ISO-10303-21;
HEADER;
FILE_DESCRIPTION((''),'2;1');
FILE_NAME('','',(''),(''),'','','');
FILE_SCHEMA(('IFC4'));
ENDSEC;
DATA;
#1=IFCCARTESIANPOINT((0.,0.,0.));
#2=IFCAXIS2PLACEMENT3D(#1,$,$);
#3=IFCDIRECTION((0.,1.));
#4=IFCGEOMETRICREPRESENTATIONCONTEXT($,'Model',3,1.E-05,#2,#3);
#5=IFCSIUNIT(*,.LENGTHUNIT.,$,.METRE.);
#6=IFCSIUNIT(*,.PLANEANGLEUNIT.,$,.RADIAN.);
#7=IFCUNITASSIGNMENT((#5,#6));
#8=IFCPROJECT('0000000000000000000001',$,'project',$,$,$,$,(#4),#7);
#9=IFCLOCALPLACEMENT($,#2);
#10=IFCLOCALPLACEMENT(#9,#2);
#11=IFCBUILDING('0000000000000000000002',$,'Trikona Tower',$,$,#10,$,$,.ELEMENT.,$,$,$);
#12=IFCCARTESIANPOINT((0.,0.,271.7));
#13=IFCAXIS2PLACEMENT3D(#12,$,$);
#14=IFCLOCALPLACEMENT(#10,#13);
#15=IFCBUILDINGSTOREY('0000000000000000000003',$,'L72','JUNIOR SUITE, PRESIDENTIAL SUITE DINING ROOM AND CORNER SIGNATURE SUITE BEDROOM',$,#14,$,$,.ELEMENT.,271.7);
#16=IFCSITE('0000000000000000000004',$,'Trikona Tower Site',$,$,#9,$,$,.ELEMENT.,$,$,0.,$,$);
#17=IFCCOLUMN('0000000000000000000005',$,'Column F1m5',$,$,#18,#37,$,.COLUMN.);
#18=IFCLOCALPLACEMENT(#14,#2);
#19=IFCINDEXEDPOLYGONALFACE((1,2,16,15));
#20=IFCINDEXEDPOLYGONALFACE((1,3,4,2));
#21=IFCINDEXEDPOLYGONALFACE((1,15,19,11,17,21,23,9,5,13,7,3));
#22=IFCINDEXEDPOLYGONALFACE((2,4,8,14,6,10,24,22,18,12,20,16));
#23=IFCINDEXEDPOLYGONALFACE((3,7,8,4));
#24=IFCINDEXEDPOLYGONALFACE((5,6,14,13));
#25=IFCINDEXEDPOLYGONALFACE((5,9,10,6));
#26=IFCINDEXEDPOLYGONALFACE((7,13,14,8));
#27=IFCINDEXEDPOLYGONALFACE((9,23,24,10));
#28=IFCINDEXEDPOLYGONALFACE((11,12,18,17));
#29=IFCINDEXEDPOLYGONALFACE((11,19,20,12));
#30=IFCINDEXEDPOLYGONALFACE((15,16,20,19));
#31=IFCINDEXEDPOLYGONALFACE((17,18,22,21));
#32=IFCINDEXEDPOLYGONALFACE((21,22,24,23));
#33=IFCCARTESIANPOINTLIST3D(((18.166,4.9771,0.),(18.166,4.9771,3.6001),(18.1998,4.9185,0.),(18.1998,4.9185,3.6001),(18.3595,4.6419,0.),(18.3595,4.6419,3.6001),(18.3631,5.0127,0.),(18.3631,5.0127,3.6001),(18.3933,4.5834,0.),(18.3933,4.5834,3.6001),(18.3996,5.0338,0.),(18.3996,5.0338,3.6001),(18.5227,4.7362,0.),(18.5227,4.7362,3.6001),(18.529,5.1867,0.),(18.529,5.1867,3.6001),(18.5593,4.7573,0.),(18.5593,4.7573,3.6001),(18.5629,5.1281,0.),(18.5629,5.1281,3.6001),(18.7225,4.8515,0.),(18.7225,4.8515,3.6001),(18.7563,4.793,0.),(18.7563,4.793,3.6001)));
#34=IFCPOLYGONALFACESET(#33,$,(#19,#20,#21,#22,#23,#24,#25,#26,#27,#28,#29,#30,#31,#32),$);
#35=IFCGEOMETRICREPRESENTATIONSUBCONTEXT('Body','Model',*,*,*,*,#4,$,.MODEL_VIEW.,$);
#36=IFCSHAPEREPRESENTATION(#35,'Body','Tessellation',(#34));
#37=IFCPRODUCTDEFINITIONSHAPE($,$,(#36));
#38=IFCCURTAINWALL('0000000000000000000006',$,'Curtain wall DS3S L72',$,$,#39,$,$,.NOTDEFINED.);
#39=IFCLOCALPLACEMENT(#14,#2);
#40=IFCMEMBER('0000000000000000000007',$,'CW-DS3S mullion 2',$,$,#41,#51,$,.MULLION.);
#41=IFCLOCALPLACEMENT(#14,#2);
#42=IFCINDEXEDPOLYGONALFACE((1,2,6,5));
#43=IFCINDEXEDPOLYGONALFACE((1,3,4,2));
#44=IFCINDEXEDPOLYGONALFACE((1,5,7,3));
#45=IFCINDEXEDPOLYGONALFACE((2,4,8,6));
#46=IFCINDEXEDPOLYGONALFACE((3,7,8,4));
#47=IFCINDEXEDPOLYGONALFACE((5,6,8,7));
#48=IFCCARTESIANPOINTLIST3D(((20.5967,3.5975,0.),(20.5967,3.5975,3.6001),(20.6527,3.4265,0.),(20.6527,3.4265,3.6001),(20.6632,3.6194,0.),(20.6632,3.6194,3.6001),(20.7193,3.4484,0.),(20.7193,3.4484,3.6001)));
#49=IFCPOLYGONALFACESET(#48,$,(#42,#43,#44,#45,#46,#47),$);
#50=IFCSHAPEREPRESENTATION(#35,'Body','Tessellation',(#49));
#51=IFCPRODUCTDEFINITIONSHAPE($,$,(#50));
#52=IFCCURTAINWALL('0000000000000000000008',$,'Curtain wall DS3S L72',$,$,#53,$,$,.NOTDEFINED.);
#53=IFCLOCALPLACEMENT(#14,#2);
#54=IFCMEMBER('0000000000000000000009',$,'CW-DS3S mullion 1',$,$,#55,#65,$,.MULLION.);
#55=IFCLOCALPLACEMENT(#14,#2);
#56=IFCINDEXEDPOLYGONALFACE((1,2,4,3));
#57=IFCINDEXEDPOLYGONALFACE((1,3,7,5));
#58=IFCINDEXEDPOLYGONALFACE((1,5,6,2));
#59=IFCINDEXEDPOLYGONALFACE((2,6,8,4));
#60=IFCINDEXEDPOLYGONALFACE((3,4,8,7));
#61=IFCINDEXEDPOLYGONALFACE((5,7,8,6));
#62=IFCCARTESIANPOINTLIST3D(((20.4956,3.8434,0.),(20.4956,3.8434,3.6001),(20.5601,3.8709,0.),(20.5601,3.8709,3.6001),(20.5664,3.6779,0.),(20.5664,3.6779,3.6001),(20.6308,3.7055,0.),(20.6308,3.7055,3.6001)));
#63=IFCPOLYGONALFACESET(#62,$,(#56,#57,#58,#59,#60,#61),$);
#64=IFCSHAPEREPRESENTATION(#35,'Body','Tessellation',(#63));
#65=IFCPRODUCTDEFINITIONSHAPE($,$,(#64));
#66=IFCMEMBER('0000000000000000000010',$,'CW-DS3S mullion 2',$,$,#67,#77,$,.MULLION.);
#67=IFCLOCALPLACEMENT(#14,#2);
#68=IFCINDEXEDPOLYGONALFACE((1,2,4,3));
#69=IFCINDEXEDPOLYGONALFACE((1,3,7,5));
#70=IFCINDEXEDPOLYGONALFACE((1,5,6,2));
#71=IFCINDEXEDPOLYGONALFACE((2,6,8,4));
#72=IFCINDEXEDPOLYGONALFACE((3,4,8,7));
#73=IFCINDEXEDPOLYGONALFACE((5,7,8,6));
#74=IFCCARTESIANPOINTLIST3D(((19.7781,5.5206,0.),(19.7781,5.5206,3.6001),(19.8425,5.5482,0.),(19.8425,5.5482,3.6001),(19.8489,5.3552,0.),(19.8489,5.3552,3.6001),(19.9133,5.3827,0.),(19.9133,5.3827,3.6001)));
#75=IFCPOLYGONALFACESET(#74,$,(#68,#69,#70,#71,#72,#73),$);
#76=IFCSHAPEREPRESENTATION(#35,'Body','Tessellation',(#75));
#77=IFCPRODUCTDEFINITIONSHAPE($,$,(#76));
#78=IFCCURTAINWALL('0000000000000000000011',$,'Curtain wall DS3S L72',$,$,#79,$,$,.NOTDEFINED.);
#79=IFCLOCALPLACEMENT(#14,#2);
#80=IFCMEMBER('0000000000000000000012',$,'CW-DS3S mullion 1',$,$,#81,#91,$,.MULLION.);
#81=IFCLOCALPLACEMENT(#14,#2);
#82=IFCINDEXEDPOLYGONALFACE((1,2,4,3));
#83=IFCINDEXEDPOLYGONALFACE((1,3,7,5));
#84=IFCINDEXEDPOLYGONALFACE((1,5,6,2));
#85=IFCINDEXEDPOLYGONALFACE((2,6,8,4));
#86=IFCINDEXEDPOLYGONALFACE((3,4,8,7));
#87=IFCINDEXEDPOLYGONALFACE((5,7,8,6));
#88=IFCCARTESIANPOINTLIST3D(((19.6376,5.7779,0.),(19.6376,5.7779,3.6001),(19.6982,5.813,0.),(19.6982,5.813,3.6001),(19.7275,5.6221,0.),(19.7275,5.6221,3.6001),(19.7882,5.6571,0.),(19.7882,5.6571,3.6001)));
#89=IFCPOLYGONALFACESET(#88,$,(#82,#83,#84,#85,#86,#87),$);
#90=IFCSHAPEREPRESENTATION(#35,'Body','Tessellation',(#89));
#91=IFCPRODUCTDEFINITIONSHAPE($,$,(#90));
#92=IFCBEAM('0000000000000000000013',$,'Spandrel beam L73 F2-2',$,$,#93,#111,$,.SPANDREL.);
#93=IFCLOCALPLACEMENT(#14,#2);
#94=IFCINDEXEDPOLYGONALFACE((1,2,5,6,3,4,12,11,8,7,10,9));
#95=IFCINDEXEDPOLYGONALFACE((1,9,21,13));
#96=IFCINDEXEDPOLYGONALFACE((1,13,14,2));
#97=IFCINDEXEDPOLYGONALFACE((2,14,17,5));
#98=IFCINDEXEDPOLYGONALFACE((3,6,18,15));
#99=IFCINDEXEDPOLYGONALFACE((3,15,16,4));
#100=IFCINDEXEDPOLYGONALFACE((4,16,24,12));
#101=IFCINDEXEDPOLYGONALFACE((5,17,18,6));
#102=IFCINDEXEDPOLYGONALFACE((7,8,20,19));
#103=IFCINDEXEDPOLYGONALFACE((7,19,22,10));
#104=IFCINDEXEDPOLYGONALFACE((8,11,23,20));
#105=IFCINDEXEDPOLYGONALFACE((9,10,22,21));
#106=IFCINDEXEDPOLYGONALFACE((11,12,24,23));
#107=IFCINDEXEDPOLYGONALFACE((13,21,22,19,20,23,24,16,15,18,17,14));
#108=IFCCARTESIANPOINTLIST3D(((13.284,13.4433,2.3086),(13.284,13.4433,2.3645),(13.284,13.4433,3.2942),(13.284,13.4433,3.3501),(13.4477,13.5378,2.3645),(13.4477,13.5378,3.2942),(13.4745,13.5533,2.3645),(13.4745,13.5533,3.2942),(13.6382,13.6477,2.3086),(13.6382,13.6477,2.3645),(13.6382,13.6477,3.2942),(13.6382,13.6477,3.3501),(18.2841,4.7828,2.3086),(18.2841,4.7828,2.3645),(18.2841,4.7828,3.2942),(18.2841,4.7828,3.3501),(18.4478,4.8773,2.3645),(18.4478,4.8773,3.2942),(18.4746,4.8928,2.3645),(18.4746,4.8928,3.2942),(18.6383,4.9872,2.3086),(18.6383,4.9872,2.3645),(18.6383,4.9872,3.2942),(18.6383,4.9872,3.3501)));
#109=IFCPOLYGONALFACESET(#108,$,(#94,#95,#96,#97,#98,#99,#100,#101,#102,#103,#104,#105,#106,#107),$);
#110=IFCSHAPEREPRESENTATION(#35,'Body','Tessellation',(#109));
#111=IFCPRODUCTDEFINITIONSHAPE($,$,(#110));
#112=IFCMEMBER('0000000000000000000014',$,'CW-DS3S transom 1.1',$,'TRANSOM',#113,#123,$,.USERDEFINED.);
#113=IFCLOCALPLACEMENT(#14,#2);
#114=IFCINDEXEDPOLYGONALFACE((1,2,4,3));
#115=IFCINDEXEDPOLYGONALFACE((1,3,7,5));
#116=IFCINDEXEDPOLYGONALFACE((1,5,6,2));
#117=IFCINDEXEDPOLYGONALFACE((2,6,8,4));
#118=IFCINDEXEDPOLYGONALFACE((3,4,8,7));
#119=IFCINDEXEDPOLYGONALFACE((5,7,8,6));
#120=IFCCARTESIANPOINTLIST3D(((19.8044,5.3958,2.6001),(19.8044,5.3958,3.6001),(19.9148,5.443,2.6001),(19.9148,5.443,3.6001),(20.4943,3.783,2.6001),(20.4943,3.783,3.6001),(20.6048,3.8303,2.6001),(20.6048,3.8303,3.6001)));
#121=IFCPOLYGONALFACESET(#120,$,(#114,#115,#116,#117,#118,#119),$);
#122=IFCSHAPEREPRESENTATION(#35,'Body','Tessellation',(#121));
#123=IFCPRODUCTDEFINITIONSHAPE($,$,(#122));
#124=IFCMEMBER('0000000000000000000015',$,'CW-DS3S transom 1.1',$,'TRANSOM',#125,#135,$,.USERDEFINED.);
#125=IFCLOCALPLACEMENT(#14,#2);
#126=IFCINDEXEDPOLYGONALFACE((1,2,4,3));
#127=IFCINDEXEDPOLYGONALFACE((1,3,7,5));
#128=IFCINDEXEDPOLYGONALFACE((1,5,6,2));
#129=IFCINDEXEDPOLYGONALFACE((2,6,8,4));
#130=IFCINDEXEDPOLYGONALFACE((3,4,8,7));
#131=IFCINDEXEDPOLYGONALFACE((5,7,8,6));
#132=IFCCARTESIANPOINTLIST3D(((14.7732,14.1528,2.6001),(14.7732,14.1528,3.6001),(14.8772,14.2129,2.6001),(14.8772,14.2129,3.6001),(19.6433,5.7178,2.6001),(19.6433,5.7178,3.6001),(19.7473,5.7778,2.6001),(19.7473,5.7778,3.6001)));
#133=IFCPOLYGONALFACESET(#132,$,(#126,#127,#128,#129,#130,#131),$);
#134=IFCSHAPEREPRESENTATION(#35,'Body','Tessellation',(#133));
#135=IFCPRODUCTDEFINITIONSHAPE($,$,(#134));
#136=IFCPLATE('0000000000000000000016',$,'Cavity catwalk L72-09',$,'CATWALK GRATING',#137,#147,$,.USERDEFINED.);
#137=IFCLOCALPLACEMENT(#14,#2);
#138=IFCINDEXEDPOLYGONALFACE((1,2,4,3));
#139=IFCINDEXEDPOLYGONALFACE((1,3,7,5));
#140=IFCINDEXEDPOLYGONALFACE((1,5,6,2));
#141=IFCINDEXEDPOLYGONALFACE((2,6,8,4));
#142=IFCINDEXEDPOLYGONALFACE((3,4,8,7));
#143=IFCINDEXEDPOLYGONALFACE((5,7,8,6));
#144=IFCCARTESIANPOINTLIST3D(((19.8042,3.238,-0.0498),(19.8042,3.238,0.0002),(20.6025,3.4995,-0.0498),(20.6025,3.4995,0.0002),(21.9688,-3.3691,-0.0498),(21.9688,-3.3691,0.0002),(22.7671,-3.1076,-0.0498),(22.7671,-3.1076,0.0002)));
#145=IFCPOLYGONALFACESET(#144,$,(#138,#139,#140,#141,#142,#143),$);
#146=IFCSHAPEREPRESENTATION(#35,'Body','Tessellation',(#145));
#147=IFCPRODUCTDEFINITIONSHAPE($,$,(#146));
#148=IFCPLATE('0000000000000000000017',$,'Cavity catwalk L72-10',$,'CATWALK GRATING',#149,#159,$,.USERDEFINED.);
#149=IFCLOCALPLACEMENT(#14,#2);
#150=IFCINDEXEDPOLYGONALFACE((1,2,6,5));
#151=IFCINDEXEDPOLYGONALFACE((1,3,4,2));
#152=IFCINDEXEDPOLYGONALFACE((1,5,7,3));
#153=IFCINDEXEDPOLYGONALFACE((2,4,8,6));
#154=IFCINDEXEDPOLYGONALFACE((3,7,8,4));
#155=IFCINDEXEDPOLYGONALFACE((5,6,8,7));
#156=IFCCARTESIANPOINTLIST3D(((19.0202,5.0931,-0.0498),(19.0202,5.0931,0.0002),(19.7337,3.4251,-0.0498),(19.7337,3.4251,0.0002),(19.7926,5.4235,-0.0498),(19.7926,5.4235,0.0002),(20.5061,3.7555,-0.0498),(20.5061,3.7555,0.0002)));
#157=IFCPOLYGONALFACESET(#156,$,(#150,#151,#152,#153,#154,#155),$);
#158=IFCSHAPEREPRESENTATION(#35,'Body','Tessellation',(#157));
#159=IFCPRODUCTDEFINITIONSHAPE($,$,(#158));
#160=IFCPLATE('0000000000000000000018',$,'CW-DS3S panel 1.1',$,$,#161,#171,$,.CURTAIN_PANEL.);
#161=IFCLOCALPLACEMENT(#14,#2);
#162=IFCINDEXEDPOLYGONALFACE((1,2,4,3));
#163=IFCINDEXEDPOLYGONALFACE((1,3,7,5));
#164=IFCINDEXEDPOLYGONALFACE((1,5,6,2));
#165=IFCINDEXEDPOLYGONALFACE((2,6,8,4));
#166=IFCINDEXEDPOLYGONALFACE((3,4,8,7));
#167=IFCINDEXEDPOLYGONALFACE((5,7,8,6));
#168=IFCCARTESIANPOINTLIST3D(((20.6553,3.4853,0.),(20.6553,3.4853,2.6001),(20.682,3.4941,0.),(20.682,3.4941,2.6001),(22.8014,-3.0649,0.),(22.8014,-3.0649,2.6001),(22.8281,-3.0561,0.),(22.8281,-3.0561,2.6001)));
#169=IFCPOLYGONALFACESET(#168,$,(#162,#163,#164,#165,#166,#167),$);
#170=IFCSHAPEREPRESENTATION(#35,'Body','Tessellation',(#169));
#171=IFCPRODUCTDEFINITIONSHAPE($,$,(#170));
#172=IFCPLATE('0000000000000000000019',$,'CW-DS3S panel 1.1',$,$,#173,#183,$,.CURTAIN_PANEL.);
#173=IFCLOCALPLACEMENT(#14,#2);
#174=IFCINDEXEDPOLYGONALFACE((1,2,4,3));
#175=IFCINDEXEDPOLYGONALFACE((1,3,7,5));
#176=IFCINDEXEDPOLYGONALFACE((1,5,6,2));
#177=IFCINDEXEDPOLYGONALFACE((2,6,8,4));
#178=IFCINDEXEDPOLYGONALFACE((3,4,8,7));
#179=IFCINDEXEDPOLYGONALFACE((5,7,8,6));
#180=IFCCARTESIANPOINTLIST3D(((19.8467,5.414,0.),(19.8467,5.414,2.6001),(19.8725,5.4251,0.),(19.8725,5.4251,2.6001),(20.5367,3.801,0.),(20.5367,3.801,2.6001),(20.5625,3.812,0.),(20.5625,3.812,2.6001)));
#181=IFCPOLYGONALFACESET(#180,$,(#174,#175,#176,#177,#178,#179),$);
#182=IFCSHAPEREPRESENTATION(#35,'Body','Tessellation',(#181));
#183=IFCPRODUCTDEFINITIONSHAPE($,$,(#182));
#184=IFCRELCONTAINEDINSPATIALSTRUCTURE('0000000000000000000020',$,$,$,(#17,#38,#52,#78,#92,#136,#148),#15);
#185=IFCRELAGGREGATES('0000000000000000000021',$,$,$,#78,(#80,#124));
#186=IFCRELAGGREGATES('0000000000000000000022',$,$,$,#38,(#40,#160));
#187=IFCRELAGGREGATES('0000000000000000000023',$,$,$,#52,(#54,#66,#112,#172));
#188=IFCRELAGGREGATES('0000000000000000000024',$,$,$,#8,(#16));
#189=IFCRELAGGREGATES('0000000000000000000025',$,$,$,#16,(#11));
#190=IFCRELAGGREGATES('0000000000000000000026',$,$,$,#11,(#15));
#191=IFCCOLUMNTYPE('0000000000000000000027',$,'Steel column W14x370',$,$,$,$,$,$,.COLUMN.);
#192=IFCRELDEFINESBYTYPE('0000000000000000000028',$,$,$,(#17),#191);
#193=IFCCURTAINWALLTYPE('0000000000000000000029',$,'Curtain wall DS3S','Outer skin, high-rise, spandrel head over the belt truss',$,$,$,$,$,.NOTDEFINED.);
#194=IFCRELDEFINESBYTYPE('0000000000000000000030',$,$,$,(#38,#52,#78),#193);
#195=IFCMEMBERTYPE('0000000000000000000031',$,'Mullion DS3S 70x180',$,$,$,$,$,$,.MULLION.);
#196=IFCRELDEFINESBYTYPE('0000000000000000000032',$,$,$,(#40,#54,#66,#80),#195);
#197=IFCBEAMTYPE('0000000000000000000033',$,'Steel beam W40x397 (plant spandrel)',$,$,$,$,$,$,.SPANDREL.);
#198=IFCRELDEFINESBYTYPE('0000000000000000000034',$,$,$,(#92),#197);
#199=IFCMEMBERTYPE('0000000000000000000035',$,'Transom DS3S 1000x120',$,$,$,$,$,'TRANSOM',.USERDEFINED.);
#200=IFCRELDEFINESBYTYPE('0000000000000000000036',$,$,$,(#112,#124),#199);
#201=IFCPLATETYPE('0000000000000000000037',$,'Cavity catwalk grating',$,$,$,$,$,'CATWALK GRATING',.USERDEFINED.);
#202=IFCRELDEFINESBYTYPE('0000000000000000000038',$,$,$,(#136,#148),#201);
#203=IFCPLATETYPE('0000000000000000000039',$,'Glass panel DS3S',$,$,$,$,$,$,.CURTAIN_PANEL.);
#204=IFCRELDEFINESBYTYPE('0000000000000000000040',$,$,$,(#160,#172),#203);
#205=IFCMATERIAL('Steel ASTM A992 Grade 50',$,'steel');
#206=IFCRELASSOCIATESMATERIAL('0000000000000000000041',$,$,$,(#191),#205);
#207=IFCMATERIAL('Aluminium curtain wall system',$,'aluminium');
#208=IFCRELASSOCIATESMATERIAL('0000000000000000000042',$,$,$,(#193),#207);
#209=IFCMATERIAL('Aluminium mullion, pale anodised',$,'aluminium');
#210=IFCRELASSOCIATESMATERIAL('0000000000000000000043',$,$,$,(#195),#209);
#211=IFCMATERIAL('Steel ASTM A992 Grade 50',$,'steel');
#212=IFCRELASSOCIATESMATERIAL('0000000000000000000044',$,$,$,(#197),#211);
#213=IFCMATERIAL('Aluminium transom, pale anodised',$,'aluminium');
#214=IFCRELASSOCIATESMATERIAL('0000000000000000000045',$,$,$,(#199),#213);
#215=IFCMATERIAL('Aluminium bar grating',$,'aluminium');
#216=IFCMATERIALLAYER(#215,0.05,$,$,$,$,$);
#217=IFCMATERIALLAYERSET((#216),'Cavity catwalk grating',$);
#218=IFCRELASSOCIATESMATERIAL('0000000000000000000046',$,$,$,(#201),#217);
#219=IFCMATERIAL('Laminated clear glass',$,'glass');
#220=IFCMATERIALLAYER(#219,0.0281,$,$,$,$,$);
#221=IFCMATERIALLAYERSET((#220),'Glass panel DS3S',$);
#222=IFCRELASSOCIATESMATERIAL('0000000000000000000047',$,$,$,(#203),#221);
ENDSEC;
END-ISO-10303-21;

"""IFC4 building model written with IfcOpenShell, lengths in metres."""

from ifc_helpers import new_model, si_unit, direction, frame, origin, origin_2d, place, context, subcontext, project, spatial, rectangle, i_section, extrude, material, layer, layer_set, material_profile, profile_set, type_object, element, aggregate, save


model = new_model("IFC4")

# Units and contexts
model_context = context("Model", 3, precision=1e-05, world=origin(), true_north=direction((0.0, 1.0)))
body_context = subcontext(model_context, "Body", "Model", "MODEL_VIEW")
ifc_project = project(units=[si_unit("LENGTHUNIT", "METRE"), si_unit("PLANEANGLEUNIT", "RADIAN")], contexts=[model_context])

# Site, building, storey
site_placement = place(None, origin())
site = spatial("IfcSite", under=ifc_project, at=site_placement, Name="Trikona Tower Site", CompositionType="ELEMENT", RefElevation=0.0)
building_placement = place(site_placement, origin())
building = spatial("IfcBuilding", under=site, at=building_placement, Name="Trikona Tower", CompositionType="ELEMENT")
storey_placement = place(building_placement, frame((0.0, 0.0, 271.7)))
storey = spatial("IfcBuildingStorey", under=building, at=storey_placement, Name="L72", Description="JUNIOR SUITE, PRESIDENTIAL SUITE DINING ROOM AND CORNER SIGNATURE SUITE BEDROOM", CompositionType="ELEMENT", Elevation=271.7)

# Column
ifc_material_1 = material(Name="Steel ASTM A992 Grade 50", Category="steel")
ifc_material_profile_1 = material_profile(ifc_material_1, i_section(OverallWidth=0.4192, OverallDepth=0.4546, WebThickness=0.0422, FlangeThickness=0.0676, at=origin_2d()), Name="W14X370")
ifc_profile_set_1 = profile_set([ifc_material_profile_1], Name="Steel ASTM A992 Grade 50")
column_type = type_object("IfcColumnType", Name="Steel column W14x370", PredefinedType="COLUMN", material=ifc_profile_set_1)
column_placement = place(storey_placement, frame((18.4612, 4.885, 0.0), z_axis=(0.0, 0.0, 1.0), x_axis=(0.866025, 0.5, 0.0)))
element("IfcColumn", 1, at=column_placement, inside=storey, type_object=column_type, Name="Column F1m5", PredefinedType="COLUMN", context=body_context, shape_type="SweptSolid", body=[
    extrude(i_section(OverallWidth=0.4192, OverallDepth=0.4546, WebThickness=0.0422, FlangeThickness=0.0676, at=origin_2d()), origin(), (0.0, 0.0, 1.0), 3.6001),
])

# Curtain wall, member
ifc_material_2 = material(Name="Aluminium curtain wall system", Category="aluminium")
curtain_wall_type = type_object("IfcCurtainWallType", Name="Curtain wall DS3S", Description="Outer skin, high-rise, spandrel head over the belt truss", PredefinedType="NOTDEFINED", material=ifc_material_2)
curtain_wall_1_placement = place(storey_placement, origin())
curtain_wall_1 = element("IfcCurtainWall", 2, at=curtain_wall_1_placement, inside=storey, type_object=curtain_wall_type, Name="Curtain wall DS3S L72", PredefinedType="NOTDEFINED")
ifc_material_3 = material(Name="Aluminium mullion, pale anodised", Category="aluminium")
ifc_material_profile_2 = material_profile(ifc_material_3, rectangle(XDim=0.0701, YDim=0.1799, at=origin_2d()), Name="MUL-DS3S")
ifc_profile_set_2 = profile_set([ifc_material_profile_2], Name="Aluminium mullion, pale anodised")
member_type_1 = type_object("IfcMemberType", Name="Mullion DS3S 70x180", PredefinedType="MULLION", material=ifc_profile_set_2)
member_1_placement = place(storey_placement, frame((20.658, 3.5229, 0.0), z_axis=(0.0, 0.0, 1.0), x_axis=(-0.950297, -0.311344, 0.0)))
member_1 = element("IfcMember", 3, at=member_1_placement, type_object=member_type_1, Name="CW-DS3S mullion 2", PredefinedType="MULLION", context=body_context, shape_type="SweptSolid", body=[
    extrude(rectangle(XDim=0.0701, YDim=0.1799, at=origin_2d()), origin(), (0.0, 0.0, 1.0), 3.6001),
])

# Curtain wall, members
curtain_wall_2_placement = place(storey_placement, origin())
curtain_wall_2 = element("IfcCurtainWall", 4, at=curtain_wall_2_placement, inside=storey, type_object=curtain_wall_type, Name="Curtain wall DS3S L72", PredefinedType="NOTDEFINED")
member_2_placement = place(storey_placement, frame((20.5632, 3.7744, 0.0), z_axis=(0.0, 0.0, 1.0), x_axis=(-0.919421, -0.393276, 0.0)))
member_2 = element("IfcMember", 5, at=member_2_placement, type_object=member_type_1, Name="CW-DS3S mullion 1", PredefinedType="MULLION", context=body_context, shape_type="SweptSolid", body=[
    extrude(rectangle(XDim=0.0701, YDim=0.1799, at=origin_2d()), origin(), (0.0, 0.0, 1.0), 3.6001),
])
member_3_placement = place(storey_placement, frame((19.8457, 5.4517, 0.0), z_axis=(0.0, 0.0, 1.0), x_axis=(-0.919421, -0.393276, 0.0)))
member_3 = element("IfcMember", 6, at=member_3_placement, type_object=member_type_1, Name="CW-DS3S mullion 2", PredefinedType="MULLION", context=body_context, shape_type="SweptSolid", body=[
    extrude(rectangle(XDim=0.0701, YDim=0.1799, at=origin_2d()), origin(), (0.0, 0.0, 1.0), 3.6001),
])

# Curtain wall, member
curtain_wall_3_placement = place(storey_placement, origin())
curtain_wall_3 = element("IfcCurtainWall", 7, at=curtain_wall_3_placement, inside=storey, type_object=curtain_wall_type, Name="Curtain wall DS3S L72", PredefinedType="NOTDEFINED")
member_4_placement = place(storey_placement, frame((19.7129, 5.7175, 0.0), z_axis=(0.0, 0.0, 1.0), x_axis=(-0.866025, -0.500001, 0.0)))
member_4 = element("IfcMember", 8, at=member_4_placement, type_object=member_type_1, Name="CW-DS3S mullion 1", PredefinedType="MULLION", context=body_context, shape_type="SweptSolid", body=[
    extrude(rectangle(XDim=0.0701, YDim=0.1799, at=origin_2d()), origin(), (0.0, 0.0, 1.0), 3.6001),
])

# Beam
ifc_material_4 = material(Name="Steel ASTM A992 Grade 50", Category="steel")
ifc_material_profile_3 = material_profile(ifc_material_4, i_section(OverallWidth=0.4089, OverallDepth=1.0415, WebThickness=0.031, FlangeThickness=0.0559, at=origin_2d()), Name="W40X397")
ifc_profile_set_3 = profile_set([ifc_material_profile_3], Name="Steel ASTM A992 Grade 50")
beam_type = type_object("IfcBeamType", Name="Steel beam W40x397 (plant spandrel)", PredefinedType="SPANDREL", material=ifc_profile_set_3)
beam_placement = place(storey_placement, frame((18.4612, 4.885, 2.8293), z_axis=(-0.499994, 0.866029, 0.0), x_axis=(-0.866029, -0.499994, 0.0)))
element("IfcBeam", 9, at=beam_placement, inside=storey, type_object=beam_type, Name="Spandrel beam L73 F2-2", PredefinedType="SPANDREL", context=body_context, shape_type="SweptSolid", body=[
    extrude(i_section(OverallWidth=0.4089, OverallDepth=1.0415, WebThickness=0.031, FlangeThickness=0.0559, at=origin_2d()), origin(), (0.0, 0.0, 1.0), 10.0002),
])

# Members
ifc_material_5 = material(Name="Aluminium transom, pale anodised", Category="aluminium")
ifc_material_profile_4 = material_profile(ifc_material_5, rectangle(XDim=0.1201, YDim=1.0, at=origin_2d()), Name="TRN-DS3S")
ifc_profile_set_4 = profile_set([ifc_material_profile_4], Name="Aluminium transom, pale anodised")
member_type_2 = type_object("IfcMemberType", Name="Transom DS3S 1000x120", ElementType="TRANSOM", PredefinedType="USERDEFINED", material=ifc_profile_set_4)
member_5_placement = place(storey_placement, frame((20.5496, 3.8066, 3.1001), z_axis=(-0.393315, 0.919404, 0.0), x_axis=(-0.919404, -0.393315, 0.0)))
member_5 = element("IfcMember", 10, at=member_5_placement, type_object=member_type_2, Name="CW-DS3S transom 1.1", ObjectType="TRANSOM", PredefinedType="USERDEFINED", context=body_context, shape_type="SweptSolid", body=[
    extrude(rectangle(XDim=0.1201, YDim=1.0, at=origin_2d()), origin(), (0.0, 0.0, 1.0), 1.7542),
])
member_6_placement = place(storey_placement, frame((19.6953, 5.7478, 3.1001), z_axis=(-0.50001, 0.866019, 0.0), x_axis=(-0.866019, -0.50001, 0.0)))
member_6 = element("IfcMember", 11, at=member_6_placement, type_object=member_type_2, Name="CW-DS3S transom 1.1", ObjectType="TRANSOM", PredefinedType="USERDEFINED", context=body_context, shape_type="SweptSolid", body=[
    extrude(rectangle(XDim=0.1201, YDim=1.0, at=origin_2d()), origin(), (0.0, 0.0, 1.0), 9.74),
])
aggregate(curtain_wall_3, [member_4, member_6])

# Plates
ifc_material_6 = material(Name="Aluminium bar grating", Category="aluminium")
ifc_layer_1 = layer(ifc_material_6, 0.05)
ifc_layer_set_1 = layer_set([ifc_layer_1], Name="Cavity catwalk grating")
plate_type_1 = type_object("IfcPlateType", Name="Cavity catwalk grating", ElementType="CATWALK GRATING", PredefinedType="USERDEFINED", material=ifc_layer_set_1)
plate_1_placement = place(storey_placement, frame((21.2856, 0.0652, -0.0498), z_axis=(0.0, 0.0, 1.0), x_axis=(-0.311337, 0.9503, 0.0)))
element("IfcPlate", 12, at=plate_1_placement, inside=storey, type_object=plate_type_1, Name="Cavity catwalk L72-09", ObjectType="CATWALK GRATING", PredefinedType="USERDEFINED", context=body_context, shape_type="SweptSolid", body=[
    extrude(rectangle(XDim=6.9526, YDim=0.8401, at=origin_2d()), origin(), (0.0, 0.0, 1.0), 0.05),
])
plate_2_placement = place(storey_placement, frame((19.7632, 4.4243, -0.0498), z_axis=(0.0, 0.0, 1.0), x_axis=(-0.393284, 0.919417, 0.0)))
element("IfcPlate", 13, at=plate_2_placement, inside=storey, type_object=plate_type_1, Name="Cavity catwalk L72-10", ObjectType="CATWALK GRATING", PredefinedType="USERDEFINED", context=body_context, shape_type="SweptSolid", body=[
    extrude(rectangle(XDim=1.8142, YDim=0.8401, at=origin_2d()), origin(), (0.0, 0.0, 1.0), 0.05),
])

# Plates
ifc_material_7 = material(Name="Laminated clear glass", Category="glass")
ifc_layer_2 = layer(ifc_material_7, 0.0281)
ifc_layer_set_2 = layer_set([ifc_layer_2], Name="Glass panel DS3S")
plate_type_2 = type_object("IfcPlateType", Name="Glass panel DS3S", PredefinedType="CURTAIN_PANEL", material=ifc_layer_set_2)
plate_3_placement = place(storey_placement, frame((21.7417, 0.2146, 0.0), z_axis=(0.0, 0.0, 1.0), x_axis=(-0.311344, 0.950297, 0.0)))
plate_3 = element("IfcPlate", 14, at=plate_3_placement, type_object=plate_type_2, Name="CW-DS3S panel 1.1", PredefinedType="CURTAIN_PANEL", context=body_context, shape_type="SweptSolid", body=[
    extrude(rectangle(XDim=6.8928, YDim=0.0281, at=origin_2d()), origin(), (0.0, 0.0, 1.0), 2.6001),
])
aggregate(curtain_wall_1, [member_1, plate_3])
plate_4_placement = place(storey_placement, frame((20.2046, 4.613, 0.0), z_axis=(0.0, 0.0, 1.0), x_axis=(-0.393276, 0.919421, 0.0)))
plate_4 = element("IfcPlate", 15, at=plate_4_placement, type_object=plate_type_2, Name="CW-DS3S panel 1.1", PredefinedType="CURTAIN_PANEL", context=body_context, shape_type="SweptSolid", body=[
    extrude(rectangle(XDim=1.7544, YDim=0.0281, at=origin_2d()), origin(), (0.0, 0.0, 1.0), 2.6001),
])
aggregate(curtain_wall_2, [member_2, member_3, member_5, plate_4])

save(model, "model.ifc")
